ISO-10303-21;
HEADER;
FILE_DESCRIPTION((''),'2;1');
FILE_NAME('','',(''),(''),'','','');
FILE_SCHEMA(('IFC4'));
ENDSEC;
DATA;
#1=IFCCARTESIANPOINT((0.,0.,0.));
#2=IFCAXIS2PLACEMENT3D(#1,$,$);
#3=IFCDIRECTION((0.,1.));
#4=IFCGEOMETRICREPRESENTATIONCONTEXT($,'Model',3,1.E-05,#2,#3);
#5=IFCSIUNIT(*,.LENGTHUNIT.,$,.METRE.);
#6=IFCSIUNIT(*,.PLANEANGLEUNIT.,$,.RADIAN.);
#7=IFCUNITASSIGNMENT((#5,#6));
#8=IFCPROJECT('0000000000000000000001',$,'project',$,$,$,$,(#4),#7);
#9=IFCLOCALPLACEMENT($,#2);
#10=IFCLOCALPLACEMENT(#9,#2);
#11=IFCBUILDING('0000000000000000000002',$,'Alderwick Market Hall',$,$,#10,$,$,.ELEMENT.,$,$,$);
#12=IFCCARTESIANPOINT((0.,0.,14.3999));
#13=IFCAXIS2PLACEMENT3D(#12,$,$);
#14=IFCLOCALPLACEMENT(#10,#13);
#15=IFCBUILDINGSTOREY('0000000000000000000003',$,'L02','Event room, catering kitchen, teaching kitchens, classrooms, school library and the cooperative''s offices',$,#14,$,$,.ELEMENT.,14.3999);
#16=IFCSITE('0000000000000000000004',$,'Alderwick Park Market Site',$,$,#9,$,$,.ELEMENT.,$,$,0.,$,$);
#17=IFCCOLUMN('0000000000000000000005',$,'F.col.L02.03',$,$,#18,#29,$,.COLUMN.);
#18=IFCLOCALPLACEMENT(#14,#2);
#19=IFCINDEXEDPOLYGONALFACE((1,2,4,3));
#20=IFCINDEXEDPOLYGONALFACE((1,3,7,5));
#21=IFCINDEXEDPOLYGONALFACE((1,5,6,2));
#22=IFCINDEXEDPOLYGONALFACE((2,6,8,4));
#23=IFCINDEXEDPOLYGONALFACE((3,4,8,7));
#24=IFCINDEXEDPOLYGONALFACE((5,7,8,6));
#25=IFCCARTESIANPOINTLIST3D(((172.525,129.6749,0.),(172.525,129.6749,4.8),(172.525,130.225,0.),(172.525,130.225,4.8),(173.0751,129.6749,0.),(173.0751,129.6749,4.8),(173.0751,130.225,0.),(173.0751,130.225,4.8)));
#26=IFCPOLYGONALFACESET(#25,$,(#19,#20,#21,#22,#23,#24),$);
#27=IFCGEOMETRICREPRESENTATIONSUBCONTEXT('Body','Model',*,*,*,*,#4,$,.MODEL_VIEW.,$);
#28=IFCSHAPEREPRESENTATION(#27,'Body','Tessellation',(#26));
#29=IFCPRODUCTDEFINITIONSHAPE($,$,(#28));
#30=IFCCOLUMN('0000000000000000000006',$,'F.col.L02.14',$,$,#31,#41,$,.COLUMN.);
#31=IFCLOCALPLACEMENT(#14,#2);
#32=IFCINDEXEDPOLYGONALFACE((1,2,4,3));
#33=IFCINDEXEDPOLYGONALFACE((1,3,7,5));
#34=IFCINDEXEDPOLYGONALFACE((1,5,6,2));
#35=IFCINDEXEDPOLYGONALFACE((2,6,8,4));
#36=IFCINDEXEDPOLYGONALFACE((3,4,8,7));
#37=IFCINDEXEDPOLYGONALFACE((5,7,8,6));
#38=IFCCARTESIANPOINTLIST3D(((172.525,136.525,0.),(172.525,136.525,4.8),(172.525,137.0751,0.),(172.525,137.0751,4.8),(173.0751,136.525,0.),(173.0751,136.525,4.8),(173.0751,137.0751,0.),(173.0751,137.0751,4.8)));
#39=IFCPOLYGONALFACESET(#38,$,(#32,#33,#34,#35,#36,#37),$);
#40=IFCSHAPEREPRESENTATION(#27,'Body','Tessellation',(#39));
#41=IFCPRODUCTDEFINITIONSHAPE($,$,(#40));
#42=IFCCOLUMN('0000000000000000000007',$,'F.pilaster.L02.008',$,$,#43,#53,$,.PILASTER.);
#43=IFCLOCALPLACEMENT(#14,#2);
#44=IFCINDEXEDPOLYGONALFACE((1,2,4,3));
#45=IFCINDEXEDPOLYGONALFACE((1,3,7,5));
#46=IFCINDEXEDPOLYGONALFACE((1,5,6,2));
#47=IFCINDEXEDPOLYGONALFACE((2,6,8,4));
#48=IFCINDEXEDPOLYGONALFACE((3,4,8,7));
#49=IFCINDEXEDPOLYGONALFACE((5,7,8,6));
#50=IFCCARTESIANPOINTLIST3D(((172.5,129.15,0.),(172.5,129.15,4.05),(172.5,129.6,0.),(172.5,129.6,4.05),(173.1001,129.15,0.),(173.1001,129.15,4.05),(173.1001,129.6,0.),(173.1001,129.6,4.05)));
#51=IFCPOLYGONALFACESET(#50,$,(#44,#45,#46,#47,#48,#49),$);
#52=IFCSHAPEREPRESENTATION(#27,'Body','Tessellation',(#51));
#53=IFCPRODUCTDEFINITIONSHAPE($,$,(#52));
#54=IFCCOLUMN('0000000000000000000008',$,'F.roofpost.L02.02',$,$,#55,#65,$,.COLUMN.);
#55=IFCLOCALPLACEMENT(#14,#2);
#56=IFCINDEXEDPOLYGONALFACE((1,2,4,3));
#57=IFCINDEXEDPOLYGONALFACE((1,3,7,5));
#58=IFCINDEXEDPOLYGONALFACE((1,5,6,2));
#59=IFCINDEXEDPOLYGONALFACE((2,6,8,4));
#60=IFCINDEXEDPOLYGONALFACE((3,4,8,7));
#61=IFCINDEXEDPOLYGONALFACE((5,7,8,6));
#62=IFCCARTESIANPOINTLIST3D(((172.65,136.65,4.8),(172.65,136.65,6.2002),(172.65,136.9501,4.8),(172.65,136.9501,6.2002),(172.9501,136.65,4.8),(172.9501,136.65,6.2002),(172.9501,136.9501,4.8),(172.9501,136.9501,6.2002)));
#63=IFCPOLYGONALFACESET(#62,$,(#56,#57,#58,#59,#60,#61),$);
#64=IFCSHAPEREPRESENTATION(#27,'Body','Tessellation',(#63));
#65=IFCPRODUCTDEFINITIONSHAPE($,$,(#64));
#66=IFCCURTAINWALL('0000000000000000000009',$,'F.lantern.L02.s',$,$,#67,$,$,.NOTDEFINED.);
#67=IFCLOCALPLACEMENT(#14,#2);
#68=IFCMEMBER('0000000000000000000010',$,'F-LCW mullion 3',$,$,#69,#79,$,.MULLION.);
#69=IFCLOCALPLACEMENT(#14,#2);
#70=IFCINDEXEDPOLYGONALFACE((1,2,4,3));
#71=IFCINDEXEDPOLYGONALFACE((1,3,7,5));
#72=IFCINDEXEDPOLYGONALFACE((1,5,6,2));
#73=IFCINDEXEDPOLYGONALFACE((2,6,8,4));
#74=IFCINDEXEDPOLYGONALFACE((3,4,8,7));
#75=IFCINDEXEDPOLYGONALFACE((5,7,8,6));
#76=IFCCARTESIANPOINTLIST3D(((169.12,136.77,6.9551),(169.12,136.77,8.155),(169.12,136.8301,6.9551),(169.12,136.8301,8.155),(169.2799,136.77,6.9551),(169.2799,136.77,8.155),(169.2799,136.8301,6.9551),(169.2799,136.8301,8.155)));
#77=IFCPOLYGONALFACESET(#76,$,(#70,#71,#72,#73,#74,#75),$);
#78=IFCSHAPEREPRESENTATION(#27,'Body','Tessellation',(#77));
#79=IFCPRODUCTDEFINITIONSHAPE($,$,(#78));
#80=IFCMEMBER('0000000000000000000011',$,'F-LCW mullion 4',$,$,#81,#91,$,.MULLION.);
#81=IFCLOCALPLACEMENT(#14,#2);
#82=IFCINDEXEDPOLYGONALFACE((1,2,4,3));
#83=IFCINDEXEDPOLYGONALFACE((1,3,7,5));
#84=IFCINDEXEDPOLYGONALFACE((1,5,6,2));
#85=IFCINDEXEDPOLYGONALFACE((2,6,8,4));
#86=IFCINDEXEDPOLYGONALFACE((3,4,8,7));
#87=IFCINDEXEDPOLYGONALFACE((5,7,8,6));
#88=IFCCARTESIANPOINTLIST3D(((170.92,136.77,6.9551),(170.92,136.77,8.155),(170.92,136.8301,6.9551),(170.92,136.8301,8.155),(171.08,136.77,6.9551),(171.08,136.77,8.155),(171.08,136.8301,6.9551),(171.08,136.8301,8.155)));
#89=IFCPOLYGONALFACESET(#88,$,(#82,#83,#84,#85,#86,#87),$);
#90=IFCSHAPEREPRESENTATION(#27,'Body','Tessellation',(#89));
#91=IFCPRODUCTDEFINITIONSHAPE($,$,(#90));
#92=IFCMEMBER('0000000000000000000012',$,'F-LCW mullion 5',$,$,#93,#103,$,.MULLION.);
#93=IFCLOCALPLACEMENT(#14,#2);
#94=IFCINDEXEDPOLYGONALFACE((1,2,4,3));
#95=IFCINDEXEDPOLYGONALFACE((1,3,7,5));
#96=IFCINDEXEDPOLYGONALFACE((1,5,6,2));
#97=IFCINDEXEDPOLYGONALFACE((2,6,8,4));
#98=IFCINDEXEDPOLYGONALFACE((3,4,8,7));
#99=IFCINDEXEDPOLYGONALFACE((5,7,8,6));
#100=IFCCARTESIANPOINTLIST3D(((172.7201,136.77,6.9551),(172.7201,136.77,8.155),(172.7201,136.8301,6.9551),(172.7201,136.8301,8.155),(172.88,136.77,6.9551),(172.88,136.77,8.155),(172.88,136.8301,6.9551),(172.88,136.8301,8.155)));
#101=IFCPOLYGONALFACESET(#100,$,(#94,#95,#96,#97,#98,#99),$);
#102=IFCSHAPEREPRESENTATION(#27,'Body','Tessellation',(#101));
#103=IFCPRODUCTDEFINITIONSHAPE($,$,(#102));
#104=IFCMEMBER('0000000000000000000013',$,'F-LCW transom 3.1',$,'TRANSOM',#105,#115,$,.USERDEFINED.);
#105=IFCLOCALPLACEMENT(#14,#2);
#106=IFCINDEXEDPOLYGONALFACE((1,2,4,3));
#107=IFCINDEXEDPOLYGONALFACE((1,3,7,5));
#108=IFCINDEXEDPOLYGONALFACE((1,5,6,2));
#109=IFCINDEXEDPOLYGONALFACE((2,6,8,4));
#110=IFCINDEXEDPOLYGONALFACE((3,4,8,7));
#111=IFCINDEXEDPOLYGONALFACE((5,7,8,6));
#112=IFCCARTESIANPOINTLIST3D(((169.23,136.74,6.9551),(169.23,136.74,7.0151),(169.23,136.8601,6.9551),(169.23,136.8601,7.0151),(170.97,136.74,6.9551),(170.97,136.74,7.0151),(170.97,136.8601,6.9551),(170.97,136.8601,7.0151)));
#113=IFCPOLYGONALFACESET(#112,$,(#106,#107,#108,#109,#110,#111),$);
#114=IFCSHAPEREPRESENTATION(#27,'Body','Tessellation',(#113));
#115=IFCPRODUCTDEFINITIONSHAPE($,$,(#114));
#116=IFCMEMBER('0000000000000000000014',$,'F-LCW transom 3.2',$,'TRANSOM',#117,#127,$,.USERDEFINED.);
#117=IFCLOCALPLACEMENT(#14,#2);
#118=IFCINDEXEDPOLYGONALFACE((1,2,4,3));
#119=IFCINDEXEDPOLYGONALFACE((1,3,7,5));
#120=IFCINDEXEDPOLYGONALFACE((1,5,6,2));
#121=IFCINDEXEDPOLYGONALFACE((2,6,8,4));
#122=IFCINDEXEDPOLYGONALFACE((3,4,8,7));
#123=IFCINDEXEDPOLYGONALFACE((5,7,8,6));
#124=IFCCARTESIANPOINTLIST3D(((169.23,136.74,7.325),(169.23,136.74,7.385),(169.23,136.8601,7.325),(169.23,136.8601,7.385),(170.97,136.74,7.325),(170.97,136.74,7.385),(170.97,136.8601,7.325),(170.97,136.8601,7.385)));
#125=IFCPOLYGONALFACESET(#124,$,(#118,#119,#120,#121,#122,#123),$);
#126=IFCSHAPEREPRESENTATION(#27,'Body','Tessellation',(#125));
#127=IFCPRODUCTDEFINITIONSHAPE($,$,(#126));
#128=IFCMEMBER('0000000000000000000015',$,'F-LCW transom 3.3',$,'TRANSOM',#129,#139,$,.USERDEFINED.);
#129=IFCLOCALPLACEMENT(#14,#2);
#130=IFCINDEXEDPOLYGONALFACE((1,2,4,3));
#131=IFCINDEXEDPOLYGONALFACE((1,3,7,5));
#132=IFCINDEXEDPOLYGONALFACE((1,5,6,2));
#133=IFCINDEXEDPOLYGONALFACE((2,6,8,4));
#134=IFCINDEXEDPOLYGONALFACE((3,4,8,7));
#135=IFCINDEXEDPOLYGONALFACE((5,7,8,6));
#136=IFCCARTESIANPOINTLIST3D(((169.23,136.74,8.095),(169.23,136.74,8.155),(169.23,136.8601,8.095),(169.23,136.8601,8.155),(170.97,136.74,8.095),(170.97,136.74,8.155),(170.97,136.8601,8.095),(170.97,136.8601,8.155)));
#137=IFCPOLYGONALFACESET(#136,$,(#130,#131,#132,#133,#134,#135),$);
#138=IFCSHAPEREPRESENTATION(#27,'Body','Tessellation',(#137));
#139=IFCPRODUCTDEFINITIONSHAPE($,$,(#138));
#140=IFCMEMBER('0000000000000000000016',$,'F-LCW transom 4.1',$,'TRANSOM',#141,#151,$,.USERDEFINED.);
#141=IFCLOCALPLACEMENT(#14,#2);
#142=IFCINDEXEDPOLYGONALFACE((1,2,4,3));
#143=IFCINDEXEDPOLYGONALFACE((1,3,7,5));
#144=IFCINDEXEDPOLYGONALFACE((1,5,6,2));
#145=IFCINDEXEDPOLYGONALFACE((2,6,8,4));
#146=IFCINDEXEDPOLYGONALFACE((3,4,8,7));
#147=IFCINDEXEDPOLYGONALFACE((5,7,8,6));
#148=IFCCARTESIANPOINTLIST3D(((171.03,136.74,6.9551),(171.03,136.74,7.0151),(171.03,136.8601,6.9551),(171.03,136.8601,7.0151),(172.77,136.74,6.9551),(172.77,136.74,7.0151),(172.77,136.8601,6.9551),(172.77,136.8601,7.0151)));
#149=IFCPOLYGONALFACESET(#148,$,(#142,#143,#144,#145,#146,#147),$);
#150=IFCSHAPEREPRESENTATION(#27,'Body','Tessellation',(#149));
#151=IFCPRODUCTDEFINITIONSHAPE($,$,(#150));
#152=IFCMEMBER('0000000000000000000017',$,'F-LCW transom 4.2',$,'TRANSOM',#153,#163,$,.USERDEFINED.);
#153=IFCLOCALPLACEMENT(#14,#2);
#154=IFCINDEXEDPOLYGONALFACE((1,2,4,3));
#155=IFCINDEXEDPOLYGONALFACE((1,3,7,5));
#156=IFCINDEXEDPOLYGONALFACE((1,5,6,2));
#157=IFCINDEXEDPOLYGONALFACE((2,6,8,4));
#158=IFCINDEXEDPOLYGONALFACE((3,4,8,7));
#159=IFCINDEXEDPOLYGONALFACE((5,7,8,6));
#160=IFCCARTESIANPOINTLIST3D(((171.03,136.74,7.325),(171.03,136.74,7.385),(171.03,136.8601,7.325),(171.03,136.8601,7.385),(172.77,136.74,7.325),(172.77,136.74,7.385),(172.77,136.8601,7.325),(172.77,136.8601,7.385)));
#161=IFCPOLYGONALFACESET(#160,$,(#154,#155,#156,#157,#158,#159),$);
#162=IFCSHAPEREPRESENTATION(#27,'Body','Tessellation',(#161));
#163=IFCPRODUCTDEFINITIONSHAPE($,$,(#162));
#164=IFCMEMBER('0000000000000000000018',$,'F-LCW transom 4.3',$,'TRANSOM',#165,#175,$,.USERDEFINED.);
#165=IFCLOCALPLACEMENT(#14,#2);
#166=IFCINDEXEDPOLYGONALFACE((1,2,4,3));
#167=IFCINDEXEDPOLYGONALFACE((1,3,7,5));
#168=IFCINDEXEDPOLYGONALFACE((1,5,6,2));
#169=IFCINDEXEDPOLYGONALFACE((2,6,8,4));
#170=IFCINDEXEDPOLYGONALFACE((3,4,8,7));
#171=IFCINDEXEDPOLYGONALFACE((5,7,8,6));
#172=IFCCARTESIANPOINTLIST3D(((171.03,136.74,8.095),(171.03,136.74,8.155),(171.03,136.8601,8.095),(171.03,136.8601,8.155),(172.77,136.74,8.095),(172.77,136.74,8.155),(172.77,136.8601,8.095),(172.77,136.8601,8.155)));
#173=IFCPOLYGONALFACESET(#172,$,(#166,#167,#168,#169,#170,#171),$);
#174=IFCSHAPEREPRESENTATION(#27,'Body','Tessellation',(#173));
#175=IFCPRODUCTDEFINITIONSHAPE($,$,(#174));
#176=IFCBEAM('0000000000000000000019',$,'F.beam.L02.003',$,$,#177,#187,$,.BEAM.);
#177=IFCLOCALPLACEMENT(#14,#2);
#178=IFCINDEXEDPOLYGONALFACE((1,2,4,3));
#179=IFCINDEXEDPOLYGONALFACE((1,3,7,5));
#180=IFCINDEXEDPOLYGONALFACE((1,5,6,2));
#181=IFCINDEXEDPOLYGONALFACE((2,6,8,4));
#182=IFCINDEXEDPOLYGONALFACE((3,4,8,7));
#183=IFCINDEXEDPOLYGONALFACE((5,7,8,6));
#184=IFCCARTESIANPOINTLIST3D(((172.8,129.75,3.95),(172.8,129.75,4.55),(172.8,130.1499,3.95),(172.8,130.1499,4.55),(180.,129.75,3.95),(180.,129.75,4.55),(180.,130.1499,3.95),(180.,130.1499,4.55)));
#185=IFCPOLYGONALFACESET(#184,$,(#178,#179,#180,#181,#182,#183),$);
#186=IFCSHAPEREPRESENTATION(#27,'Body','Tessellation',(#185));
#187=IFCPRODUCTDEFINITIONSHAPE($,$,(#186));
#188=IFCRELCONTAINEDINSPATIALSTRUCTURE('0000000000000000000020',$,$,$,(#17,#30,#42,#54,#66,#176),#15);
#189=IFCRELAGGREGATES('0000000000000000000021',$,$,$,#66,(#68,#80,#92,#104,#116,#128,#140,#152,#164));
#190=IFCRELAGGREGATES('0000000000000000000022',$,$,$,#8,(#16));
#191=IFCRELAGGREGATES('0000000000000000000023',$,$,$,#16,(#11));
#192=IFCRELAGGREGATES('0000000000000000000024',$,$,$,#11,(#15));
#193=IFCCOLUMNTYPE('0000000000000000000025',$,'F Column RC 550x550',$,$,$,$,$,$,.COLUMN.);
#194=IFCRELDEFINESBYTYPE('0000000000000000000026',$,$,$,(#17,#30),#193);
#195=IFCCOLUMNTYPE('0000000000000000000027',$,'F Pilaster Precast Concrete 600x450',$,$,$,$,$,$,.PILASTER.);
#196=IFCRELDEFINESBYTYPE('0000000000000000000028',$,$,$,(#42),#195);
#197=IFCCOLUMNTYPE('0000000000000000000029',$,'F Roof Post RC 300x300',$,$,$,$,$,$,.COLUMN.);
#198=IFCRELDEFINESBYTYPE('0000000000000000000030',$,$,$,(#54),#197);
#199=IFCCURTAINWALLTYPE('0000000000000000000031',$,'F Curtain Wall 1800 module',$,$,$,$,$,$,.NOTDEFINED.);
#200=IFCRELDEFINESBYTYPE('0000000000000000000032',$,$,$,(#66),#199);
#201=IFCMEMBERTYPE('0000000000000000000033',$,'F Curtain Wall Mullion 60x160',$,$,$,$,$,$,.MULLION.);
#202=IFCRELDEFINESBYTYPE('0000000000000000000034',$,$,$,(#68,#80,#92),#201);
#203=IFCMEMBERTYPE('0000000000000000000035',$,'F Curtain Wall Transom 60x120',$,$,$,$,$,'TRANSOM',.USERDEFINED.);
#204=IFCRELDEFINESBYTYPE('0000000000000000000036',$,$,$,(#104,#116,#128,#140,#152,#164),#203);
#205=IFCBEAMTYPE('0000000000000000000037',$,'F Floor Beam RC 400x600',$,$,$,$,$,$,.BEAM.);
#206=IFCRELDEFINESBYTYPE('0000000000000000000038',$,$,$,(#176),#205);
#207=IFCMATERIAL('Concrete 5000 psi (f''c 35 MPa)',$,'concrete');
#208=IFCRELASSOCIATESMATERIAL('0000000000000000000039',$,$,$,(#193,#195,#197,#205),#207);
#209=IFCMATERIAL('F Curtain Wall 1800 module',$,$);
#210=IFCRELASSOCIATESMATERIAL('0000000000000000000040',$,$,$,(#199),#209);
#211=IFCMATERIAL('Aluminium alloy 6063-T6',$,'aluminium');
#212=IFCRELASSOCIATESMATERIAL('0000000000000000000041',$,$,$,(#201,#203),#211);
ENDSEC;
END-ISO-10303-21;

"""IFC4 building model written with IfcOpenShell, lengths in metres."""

from ifc_helpers import new_model, si_unit, direction, frame, origin, origin_2d, place, context, subcontext, project, spatial, rectangle, extrude, material, material_profile, profile_set, type_object, element, aggregate, save


model = new_model("IFC4")

# Units and contexts
model_context = context("Model", 3, precision=1e-05, world=origin(), true_north=direction((0.0, 1.0)))
body_context = subcontext(model_context, "Body", "Model", "MODEL_VIEW")
ifc_project = project(units=[si_unit("LENGTHUNIT", "METRE"), si_unit("PLANEANGLEUNIT", "RADIAN")], contexts=[model_context])

# Site, building, storey
site_placement = place(None, origin())
site = spatial("IfcSite", under=ifc_project, at=site_placement, Name="Alderwick Park Market Site", CompositionType="ELEMENT", RefElevation=0.0)
building_placement = place(site_placement, origin())
building = spatial("IfcBuilding", under=site, at=building_placement, Name="Alderwick Market Hall", CompositionType="ELEMENT")
storey_placement = place(building_placement, frame((0.0, 0.0, 14.3999)))
storey = spatial("IfcBuildingStorey", under=building, at=storey_placement, Name="L02", Description="Event room, catering kitchen, teaching kitchens, classrooms, school library and the cooperative's offices", CompositionType="ELEMENT", Elevation=14.3999)

# Columns
ifc_material_1 = material(Name="Concrete 5000 psi (f'c 35 MPa)", Category="concrete")
ifc_material_profile_1 = material_profile(ifc_material_1, rectangle(XDim=0.55, YDim=0.55, at=origin_2d()), Name="RC 550x550")
ifc_profile_set_1 = profile_set([ifc_material_profile_1], Name="Concrete 5000 psi (f'c 35 MPa)")
column_type_1 = type_object("IfcColumnType", Name="F Column RC 550x550", PredefinedType="COLUMN", material=ifc_profile_set_1)
for number, where, z_axis, x_axis, name in (
    (1, (172.8, 129.95, 0.0), (0.0, 0.0, 1.0), (1.0, 0.0, 0.0), "F.col.L02.03"),
    (2, (172.8, 136.8, 0.0), (0.0, 0.0, 1.0), (1.0, 0.0, 0.0), "F.col.L02.14"),
):
    element("IfcColumn", number, at=place(storey_placement, frame(where, z_axis=z_axis, x_axis=x_axis)), inside=storey, type_object=column_type_1, Name=name, PredefinedType="COLUMN", context=body_context, shape_type="SweptSolid", body=[
        extrude(rectangle(XDim=0.55, YDim=0.55, at=origin_2d()), origin(), (0.0, 0.0, 1.0), 4.8),
    ])
ifc_material_profile_2 = material_profile(ifc_material_1, rectangle(XDim=0.6001, YDim=0.45, at=origin_2d()), Name="PC 600x450")
ifc_profile_set_2 = profile_set([ifc_material_profile_2], Name="Concrete 5000 psi (f'c 35 MPa)")
column_type_2 = type_object("IfcColumnType", Name="F Pilaster Precast Concrete 600x450", PredefinedType="PILASTER", material=ifc_profile_set_2)
column_1_placement = place(storey_placement, frame((172.8, 129.375, 0.0), z_axis=(0.0, 0.0, 1.0), x_axis=(1.0, 0.0, 0.0)))
element("IfcColumn", 3, at=column_1_placement, inside=storey, type_object=column_type_2, Name="F.pilaster.L02.008", PredefinedType="PILASTER", context=body_context, shape_type="SweptSolid", body=[
    extrude(rectangle(XDim=0.6001, YDim=0.45, at=origin_2d()), origin(), (0.0, 0.0, 1.0), 4.05),
])
ifc_material_profile_3 = material_profile(ifc_material_1, rectangle(XDim=0.3, YDim=0.3, at=origin_2d()), Name="RC 300x300")
ifc_profile_set_3 = profile_set([ifc_material_profile_3], Name="Concrete 5000 psi (f'c 35 MPa)")
column_type_3 = type_object("IfcColumnType", Name="F Roof Post RC 300x300", PredefinedType="COLUMN", material=ifc_profile_set_3)
column_2_placement = place(storey_placement, frame((172.8, 136.8, 4.8), z_axis=(0.0, 0.0, 1.0), x_axis=(1.0, 0.0, 0.0)))
element("IfcColumn", 4, at=column_2_placement, inside=storey, type_object=column_type_3, Name="F.roofpost.L02.02", PredefinedType="COLUMN", context=body_context, shape_type="SweptSolid", body=[
    extrude(rectangle(XDim=0.3, YDim=0.3, at=origin_2d()), origin(), (0.0, 0.0, 1.0), 1.4001),
])

# Curtain wall, members
ifc_material_2 = material(Name="F Curtain Wall 1800 module")
curtain_wall_type = type_object("IfcCurtainWallType", Name="F Curtain Wall 1800 module", PredefinedType="NOTDEFINED", material=ifc_material_2)
curtain_wall_placement = place(storey_placement, origin())
curtain_wall = element("IfcCurtainWall", 5, at=curtain_wall_placement, inside=storey, type_object=curtain_wall_type, Name="F.lantern.L02.s", PredefinedType="NOTDEFINED")
ifc_material_3 = material(Name="Aluminium alloy 6063-T6", Category="aluminium")
ifc_material_profile_4 = material_profile(ifc_material_3, rectangle(XDim=0.0601, YDim=0.1599, at=origin_2d()), Name="AL 60x160")
ifc_profile_set_4 = profile_set([ifc_material_profile_4], Name="Aluminium alloy 6063-T6")
member_type_1 = type_object("IfcMemberType", Name="F Curtain Wall Mullion 60x160", PredefinedType="MULLION", material=ifc_profile_set_4)
member_1_placement = place(storey_placement, frame((169.2, 136.8, 6.9551), z_axis=(0.0, 0.0, 1.0), x_axis=(0.0, 1.0, 0.0)))
member_1 = element("IfcMember", 6, at=member_1_placement, type_object=member_type_1, Name="F-LCW mullion 3", PredefinedType="MULLION", context=body_context, shape_type="SweptSolid", body=[
    extrude(rectangle(XDim=0.0601, YDim=0.1599, at=origin_2d()), origin(), (0.0, 0.0, 1.0), 1.2),
])
member_2_placement = place(storey_placement, frame((171.0, 136.8, 6.9551), z_axis=(0.0, 0.0, 1.0), x_axis=(0.0, 1.0, 0.0)))
member_2 = element("IfcMember", 7, at=member_2_placement, type_object=member_type_1, Name="F-LCW mullion 4", PredefinedType="MULLION", context=body_context, shape_type="SweptSolid", body=[
    extrude(rectangle(XDim=0.0601, YDim=0.1599, at=origin_2d()), origin(), (0.0, 0.0, 1.0), 1.2),
])
member_3_placement = place(storey_placement, frame((172.8, 136.8, 6.9551), z_axis=(0.0, 0.0, 1.0), x_axis=(0.0, 1.0, 0.0)))
member_3 = element("IfcMember", 8, at=member_3_placement, type_object=member_type_1, Name="F-LCW mullion 5", PredefinedType="MULLION", context=body_context, shape_type="SweptSolid", body=[
    extrude(rectangle(XDim=0.0601, YDim=0.1599, at=origin_2d()), origin(), (0.0, 0.0, 1.0), 1.2),
])
ifc_material_profile_5 = material_profile(ifc_material_3, rectangle(XDim=0.1201, YDim=0.0601, at=origin_2d()), Name="AL 60x120")
ifc_profile_set_5 = profile_set([ifc_material_profile_5], Name="Aluminium alloy 6063-T6")
member_type_2 = type_object("IfcMemberType", Name="F Curtain Wall Transom 60x120", ElementType="TRANSOM", PredefinedType="USERDEFINED", material=ifc_profile_set_5)
member_4_placement = place(storey_placement, frame((169.23, 136.8, 6.9851), z_axis=(1.0, 0.0, 0.0), x_axis=(0.0, 1.0, 0.0)))
member_4 = element("IfcMember", 9, at=member_4_placement, type_object=member_type_2, Name="F-LCW transom 3.1", ObjectType="TRANSOM", PredefinedType="USERDEFINED", context=body_context, shape_type="SweptSolid", body=[
    extrude(rectangle(XDim=0.1201, YDim=0.0601, at=origin_2d()), origin(), (0.0, 0.0, 1.0), 1.74),
])
member_5_placement = place(storey_placement, frame((169.23, 136.8, 7.355), z_axis=(1.0, 0.0, 0.0), x_axis=(0.0, 1.0, 0.0)))
member_5 = element("IfcMember", 10, at=member_5_placement, type_object=member_type_2, Name="F-LCW transom 3.2", ObjectType="TRANSOM", PredefinedType="USERDEFINED", context=body_context, shape_type="SweptSolid", body=[
    extrude(rectangle(XDim=0.1201, YDim=0.0601, at=origin_2d()), origin(), (0.0, 0.0, 1.0), 1.74),
])
member_6_placement = place(storey_placement, frame((169.23, 136.8, 8.125), z_axis=(1.0, 0.0, 0.0), x_axis=(0.0, 1.0, 0.0)))
member_6 = element("IfcMember", 11, at=member_6_placement, type_object=member_type_2, Name="F-LCW transom 3.3", ObjectType="TRANSOM", PredefinedType="USERDEFINED", context=body_context, shape_type="SweptSolid", body=[
    extrude(rectangle(XDim=0.1201, YDim=0.0601, at=origin_2d()), origin(), (0.0, 0.0, 1.0), 1.74),
])
member_7_placement = place(storey_placement, frame((171.03, 136.8, 6.9851), z_axis=(1.0, 0.0, 0.0), x_axis=(0.0, 1.0, 0.0)))
member_7 = element("IfcMember", 12, at=member_7_placement, type_object=member_type_2, Name="F-LCW transom 4.1", ObjectType="TRANSOM", PredefinedType="USERDEFINED", context=body_context, shape_type="SweptSolid", body=[
    extrude(rectangle(XDim=0.1201, YDim=0.0601, at=origin_2d()), origin(), (0.0, 0.0, 1.0), 1.74),
])
member_8_placement = place(storey_placement, frame((171.03, 136.8, 7.355), z_axis=(1.0, 0.0, 0.0), x_axis=(0.0, 1.0, 0.0)))
member_8 = element("IfcMember", 13, at=member_8_placement, type_object=member_type_2, Name="F-LCW transom 4.2", ObjectType="TRANSOM", PredefinedType="USERDEFINED", context=body_context, shape_type="SweptSolid", body=[
    extrude(rectangle(XDim=0.1201, YDim=0.0601, at=origin_2d()), origin(), (0.0, 0.0, 1.0), 1.74),
])
member_9_placement = place(storey_placement, frame((171.03, 136.8, 8.125), z_axis=(1.0, 0.0, 0.0), x_axis=(0.0, 1.0, 0.0)))
member_9 = element("IfcMember", 14, at=member_9_placement, type_object=member_type_2, Name="F-LCW transom 4.3", ObjectType="TRANSOM", PredefinedType="USERDEFINED", context=body_context, shape_type="SweptSolid", body=[
    extrude(rectangle(XDim=0.1201, YDim=0.0601, at=origin_2d()), origin(), (0.0, 0.0, 1.0), 1.74),
])

# Beam
ifc_material_profile_6 = material_profile(ifc_material_1, rectangle(XDim=0.3999, YDim=0.6001, at=origin_2d()), Name="RC 400x600")
ifc_profile_set_6 = profile_set([ifc_material_profile_6], Name="Concrete 5000 psi (f'c 35 MPa)")
beam_type_1 = type_object("IfcBeamType", Name="F Floor Beam RC 400x600", PredefinedType="BEAM", material=ifc_profile_set_6)
for number, where, z_axis, x_axis, name in (
    (15, (172.8, 129.95, 4.25), (1.0, 0.0, 0.0), (0.0, 1.0, 0.0), "F.beam.L02.003"),
):
    element("IfcBeam", number, at=place(storey_placement, frame(where, z_axis=z_axis, x_axis=x_axis)), inside=storey, type_object=beam_type_1, Name=name, PredefinedType="BEAM", context=body_context, shape_type="SweptSolid", body=[
        extrude(rectangle(XDim=0.3999, YDim=0.6001, at=origin_2d()), origin(), (0.0, 0.0, 1.0), 7.2),
    ])

aggregate(curtain_wall, [member_1, member_2, member_3, member_4, member_5, member_6, member_7, member_8, member_9])

save(model, "model.ifc")
